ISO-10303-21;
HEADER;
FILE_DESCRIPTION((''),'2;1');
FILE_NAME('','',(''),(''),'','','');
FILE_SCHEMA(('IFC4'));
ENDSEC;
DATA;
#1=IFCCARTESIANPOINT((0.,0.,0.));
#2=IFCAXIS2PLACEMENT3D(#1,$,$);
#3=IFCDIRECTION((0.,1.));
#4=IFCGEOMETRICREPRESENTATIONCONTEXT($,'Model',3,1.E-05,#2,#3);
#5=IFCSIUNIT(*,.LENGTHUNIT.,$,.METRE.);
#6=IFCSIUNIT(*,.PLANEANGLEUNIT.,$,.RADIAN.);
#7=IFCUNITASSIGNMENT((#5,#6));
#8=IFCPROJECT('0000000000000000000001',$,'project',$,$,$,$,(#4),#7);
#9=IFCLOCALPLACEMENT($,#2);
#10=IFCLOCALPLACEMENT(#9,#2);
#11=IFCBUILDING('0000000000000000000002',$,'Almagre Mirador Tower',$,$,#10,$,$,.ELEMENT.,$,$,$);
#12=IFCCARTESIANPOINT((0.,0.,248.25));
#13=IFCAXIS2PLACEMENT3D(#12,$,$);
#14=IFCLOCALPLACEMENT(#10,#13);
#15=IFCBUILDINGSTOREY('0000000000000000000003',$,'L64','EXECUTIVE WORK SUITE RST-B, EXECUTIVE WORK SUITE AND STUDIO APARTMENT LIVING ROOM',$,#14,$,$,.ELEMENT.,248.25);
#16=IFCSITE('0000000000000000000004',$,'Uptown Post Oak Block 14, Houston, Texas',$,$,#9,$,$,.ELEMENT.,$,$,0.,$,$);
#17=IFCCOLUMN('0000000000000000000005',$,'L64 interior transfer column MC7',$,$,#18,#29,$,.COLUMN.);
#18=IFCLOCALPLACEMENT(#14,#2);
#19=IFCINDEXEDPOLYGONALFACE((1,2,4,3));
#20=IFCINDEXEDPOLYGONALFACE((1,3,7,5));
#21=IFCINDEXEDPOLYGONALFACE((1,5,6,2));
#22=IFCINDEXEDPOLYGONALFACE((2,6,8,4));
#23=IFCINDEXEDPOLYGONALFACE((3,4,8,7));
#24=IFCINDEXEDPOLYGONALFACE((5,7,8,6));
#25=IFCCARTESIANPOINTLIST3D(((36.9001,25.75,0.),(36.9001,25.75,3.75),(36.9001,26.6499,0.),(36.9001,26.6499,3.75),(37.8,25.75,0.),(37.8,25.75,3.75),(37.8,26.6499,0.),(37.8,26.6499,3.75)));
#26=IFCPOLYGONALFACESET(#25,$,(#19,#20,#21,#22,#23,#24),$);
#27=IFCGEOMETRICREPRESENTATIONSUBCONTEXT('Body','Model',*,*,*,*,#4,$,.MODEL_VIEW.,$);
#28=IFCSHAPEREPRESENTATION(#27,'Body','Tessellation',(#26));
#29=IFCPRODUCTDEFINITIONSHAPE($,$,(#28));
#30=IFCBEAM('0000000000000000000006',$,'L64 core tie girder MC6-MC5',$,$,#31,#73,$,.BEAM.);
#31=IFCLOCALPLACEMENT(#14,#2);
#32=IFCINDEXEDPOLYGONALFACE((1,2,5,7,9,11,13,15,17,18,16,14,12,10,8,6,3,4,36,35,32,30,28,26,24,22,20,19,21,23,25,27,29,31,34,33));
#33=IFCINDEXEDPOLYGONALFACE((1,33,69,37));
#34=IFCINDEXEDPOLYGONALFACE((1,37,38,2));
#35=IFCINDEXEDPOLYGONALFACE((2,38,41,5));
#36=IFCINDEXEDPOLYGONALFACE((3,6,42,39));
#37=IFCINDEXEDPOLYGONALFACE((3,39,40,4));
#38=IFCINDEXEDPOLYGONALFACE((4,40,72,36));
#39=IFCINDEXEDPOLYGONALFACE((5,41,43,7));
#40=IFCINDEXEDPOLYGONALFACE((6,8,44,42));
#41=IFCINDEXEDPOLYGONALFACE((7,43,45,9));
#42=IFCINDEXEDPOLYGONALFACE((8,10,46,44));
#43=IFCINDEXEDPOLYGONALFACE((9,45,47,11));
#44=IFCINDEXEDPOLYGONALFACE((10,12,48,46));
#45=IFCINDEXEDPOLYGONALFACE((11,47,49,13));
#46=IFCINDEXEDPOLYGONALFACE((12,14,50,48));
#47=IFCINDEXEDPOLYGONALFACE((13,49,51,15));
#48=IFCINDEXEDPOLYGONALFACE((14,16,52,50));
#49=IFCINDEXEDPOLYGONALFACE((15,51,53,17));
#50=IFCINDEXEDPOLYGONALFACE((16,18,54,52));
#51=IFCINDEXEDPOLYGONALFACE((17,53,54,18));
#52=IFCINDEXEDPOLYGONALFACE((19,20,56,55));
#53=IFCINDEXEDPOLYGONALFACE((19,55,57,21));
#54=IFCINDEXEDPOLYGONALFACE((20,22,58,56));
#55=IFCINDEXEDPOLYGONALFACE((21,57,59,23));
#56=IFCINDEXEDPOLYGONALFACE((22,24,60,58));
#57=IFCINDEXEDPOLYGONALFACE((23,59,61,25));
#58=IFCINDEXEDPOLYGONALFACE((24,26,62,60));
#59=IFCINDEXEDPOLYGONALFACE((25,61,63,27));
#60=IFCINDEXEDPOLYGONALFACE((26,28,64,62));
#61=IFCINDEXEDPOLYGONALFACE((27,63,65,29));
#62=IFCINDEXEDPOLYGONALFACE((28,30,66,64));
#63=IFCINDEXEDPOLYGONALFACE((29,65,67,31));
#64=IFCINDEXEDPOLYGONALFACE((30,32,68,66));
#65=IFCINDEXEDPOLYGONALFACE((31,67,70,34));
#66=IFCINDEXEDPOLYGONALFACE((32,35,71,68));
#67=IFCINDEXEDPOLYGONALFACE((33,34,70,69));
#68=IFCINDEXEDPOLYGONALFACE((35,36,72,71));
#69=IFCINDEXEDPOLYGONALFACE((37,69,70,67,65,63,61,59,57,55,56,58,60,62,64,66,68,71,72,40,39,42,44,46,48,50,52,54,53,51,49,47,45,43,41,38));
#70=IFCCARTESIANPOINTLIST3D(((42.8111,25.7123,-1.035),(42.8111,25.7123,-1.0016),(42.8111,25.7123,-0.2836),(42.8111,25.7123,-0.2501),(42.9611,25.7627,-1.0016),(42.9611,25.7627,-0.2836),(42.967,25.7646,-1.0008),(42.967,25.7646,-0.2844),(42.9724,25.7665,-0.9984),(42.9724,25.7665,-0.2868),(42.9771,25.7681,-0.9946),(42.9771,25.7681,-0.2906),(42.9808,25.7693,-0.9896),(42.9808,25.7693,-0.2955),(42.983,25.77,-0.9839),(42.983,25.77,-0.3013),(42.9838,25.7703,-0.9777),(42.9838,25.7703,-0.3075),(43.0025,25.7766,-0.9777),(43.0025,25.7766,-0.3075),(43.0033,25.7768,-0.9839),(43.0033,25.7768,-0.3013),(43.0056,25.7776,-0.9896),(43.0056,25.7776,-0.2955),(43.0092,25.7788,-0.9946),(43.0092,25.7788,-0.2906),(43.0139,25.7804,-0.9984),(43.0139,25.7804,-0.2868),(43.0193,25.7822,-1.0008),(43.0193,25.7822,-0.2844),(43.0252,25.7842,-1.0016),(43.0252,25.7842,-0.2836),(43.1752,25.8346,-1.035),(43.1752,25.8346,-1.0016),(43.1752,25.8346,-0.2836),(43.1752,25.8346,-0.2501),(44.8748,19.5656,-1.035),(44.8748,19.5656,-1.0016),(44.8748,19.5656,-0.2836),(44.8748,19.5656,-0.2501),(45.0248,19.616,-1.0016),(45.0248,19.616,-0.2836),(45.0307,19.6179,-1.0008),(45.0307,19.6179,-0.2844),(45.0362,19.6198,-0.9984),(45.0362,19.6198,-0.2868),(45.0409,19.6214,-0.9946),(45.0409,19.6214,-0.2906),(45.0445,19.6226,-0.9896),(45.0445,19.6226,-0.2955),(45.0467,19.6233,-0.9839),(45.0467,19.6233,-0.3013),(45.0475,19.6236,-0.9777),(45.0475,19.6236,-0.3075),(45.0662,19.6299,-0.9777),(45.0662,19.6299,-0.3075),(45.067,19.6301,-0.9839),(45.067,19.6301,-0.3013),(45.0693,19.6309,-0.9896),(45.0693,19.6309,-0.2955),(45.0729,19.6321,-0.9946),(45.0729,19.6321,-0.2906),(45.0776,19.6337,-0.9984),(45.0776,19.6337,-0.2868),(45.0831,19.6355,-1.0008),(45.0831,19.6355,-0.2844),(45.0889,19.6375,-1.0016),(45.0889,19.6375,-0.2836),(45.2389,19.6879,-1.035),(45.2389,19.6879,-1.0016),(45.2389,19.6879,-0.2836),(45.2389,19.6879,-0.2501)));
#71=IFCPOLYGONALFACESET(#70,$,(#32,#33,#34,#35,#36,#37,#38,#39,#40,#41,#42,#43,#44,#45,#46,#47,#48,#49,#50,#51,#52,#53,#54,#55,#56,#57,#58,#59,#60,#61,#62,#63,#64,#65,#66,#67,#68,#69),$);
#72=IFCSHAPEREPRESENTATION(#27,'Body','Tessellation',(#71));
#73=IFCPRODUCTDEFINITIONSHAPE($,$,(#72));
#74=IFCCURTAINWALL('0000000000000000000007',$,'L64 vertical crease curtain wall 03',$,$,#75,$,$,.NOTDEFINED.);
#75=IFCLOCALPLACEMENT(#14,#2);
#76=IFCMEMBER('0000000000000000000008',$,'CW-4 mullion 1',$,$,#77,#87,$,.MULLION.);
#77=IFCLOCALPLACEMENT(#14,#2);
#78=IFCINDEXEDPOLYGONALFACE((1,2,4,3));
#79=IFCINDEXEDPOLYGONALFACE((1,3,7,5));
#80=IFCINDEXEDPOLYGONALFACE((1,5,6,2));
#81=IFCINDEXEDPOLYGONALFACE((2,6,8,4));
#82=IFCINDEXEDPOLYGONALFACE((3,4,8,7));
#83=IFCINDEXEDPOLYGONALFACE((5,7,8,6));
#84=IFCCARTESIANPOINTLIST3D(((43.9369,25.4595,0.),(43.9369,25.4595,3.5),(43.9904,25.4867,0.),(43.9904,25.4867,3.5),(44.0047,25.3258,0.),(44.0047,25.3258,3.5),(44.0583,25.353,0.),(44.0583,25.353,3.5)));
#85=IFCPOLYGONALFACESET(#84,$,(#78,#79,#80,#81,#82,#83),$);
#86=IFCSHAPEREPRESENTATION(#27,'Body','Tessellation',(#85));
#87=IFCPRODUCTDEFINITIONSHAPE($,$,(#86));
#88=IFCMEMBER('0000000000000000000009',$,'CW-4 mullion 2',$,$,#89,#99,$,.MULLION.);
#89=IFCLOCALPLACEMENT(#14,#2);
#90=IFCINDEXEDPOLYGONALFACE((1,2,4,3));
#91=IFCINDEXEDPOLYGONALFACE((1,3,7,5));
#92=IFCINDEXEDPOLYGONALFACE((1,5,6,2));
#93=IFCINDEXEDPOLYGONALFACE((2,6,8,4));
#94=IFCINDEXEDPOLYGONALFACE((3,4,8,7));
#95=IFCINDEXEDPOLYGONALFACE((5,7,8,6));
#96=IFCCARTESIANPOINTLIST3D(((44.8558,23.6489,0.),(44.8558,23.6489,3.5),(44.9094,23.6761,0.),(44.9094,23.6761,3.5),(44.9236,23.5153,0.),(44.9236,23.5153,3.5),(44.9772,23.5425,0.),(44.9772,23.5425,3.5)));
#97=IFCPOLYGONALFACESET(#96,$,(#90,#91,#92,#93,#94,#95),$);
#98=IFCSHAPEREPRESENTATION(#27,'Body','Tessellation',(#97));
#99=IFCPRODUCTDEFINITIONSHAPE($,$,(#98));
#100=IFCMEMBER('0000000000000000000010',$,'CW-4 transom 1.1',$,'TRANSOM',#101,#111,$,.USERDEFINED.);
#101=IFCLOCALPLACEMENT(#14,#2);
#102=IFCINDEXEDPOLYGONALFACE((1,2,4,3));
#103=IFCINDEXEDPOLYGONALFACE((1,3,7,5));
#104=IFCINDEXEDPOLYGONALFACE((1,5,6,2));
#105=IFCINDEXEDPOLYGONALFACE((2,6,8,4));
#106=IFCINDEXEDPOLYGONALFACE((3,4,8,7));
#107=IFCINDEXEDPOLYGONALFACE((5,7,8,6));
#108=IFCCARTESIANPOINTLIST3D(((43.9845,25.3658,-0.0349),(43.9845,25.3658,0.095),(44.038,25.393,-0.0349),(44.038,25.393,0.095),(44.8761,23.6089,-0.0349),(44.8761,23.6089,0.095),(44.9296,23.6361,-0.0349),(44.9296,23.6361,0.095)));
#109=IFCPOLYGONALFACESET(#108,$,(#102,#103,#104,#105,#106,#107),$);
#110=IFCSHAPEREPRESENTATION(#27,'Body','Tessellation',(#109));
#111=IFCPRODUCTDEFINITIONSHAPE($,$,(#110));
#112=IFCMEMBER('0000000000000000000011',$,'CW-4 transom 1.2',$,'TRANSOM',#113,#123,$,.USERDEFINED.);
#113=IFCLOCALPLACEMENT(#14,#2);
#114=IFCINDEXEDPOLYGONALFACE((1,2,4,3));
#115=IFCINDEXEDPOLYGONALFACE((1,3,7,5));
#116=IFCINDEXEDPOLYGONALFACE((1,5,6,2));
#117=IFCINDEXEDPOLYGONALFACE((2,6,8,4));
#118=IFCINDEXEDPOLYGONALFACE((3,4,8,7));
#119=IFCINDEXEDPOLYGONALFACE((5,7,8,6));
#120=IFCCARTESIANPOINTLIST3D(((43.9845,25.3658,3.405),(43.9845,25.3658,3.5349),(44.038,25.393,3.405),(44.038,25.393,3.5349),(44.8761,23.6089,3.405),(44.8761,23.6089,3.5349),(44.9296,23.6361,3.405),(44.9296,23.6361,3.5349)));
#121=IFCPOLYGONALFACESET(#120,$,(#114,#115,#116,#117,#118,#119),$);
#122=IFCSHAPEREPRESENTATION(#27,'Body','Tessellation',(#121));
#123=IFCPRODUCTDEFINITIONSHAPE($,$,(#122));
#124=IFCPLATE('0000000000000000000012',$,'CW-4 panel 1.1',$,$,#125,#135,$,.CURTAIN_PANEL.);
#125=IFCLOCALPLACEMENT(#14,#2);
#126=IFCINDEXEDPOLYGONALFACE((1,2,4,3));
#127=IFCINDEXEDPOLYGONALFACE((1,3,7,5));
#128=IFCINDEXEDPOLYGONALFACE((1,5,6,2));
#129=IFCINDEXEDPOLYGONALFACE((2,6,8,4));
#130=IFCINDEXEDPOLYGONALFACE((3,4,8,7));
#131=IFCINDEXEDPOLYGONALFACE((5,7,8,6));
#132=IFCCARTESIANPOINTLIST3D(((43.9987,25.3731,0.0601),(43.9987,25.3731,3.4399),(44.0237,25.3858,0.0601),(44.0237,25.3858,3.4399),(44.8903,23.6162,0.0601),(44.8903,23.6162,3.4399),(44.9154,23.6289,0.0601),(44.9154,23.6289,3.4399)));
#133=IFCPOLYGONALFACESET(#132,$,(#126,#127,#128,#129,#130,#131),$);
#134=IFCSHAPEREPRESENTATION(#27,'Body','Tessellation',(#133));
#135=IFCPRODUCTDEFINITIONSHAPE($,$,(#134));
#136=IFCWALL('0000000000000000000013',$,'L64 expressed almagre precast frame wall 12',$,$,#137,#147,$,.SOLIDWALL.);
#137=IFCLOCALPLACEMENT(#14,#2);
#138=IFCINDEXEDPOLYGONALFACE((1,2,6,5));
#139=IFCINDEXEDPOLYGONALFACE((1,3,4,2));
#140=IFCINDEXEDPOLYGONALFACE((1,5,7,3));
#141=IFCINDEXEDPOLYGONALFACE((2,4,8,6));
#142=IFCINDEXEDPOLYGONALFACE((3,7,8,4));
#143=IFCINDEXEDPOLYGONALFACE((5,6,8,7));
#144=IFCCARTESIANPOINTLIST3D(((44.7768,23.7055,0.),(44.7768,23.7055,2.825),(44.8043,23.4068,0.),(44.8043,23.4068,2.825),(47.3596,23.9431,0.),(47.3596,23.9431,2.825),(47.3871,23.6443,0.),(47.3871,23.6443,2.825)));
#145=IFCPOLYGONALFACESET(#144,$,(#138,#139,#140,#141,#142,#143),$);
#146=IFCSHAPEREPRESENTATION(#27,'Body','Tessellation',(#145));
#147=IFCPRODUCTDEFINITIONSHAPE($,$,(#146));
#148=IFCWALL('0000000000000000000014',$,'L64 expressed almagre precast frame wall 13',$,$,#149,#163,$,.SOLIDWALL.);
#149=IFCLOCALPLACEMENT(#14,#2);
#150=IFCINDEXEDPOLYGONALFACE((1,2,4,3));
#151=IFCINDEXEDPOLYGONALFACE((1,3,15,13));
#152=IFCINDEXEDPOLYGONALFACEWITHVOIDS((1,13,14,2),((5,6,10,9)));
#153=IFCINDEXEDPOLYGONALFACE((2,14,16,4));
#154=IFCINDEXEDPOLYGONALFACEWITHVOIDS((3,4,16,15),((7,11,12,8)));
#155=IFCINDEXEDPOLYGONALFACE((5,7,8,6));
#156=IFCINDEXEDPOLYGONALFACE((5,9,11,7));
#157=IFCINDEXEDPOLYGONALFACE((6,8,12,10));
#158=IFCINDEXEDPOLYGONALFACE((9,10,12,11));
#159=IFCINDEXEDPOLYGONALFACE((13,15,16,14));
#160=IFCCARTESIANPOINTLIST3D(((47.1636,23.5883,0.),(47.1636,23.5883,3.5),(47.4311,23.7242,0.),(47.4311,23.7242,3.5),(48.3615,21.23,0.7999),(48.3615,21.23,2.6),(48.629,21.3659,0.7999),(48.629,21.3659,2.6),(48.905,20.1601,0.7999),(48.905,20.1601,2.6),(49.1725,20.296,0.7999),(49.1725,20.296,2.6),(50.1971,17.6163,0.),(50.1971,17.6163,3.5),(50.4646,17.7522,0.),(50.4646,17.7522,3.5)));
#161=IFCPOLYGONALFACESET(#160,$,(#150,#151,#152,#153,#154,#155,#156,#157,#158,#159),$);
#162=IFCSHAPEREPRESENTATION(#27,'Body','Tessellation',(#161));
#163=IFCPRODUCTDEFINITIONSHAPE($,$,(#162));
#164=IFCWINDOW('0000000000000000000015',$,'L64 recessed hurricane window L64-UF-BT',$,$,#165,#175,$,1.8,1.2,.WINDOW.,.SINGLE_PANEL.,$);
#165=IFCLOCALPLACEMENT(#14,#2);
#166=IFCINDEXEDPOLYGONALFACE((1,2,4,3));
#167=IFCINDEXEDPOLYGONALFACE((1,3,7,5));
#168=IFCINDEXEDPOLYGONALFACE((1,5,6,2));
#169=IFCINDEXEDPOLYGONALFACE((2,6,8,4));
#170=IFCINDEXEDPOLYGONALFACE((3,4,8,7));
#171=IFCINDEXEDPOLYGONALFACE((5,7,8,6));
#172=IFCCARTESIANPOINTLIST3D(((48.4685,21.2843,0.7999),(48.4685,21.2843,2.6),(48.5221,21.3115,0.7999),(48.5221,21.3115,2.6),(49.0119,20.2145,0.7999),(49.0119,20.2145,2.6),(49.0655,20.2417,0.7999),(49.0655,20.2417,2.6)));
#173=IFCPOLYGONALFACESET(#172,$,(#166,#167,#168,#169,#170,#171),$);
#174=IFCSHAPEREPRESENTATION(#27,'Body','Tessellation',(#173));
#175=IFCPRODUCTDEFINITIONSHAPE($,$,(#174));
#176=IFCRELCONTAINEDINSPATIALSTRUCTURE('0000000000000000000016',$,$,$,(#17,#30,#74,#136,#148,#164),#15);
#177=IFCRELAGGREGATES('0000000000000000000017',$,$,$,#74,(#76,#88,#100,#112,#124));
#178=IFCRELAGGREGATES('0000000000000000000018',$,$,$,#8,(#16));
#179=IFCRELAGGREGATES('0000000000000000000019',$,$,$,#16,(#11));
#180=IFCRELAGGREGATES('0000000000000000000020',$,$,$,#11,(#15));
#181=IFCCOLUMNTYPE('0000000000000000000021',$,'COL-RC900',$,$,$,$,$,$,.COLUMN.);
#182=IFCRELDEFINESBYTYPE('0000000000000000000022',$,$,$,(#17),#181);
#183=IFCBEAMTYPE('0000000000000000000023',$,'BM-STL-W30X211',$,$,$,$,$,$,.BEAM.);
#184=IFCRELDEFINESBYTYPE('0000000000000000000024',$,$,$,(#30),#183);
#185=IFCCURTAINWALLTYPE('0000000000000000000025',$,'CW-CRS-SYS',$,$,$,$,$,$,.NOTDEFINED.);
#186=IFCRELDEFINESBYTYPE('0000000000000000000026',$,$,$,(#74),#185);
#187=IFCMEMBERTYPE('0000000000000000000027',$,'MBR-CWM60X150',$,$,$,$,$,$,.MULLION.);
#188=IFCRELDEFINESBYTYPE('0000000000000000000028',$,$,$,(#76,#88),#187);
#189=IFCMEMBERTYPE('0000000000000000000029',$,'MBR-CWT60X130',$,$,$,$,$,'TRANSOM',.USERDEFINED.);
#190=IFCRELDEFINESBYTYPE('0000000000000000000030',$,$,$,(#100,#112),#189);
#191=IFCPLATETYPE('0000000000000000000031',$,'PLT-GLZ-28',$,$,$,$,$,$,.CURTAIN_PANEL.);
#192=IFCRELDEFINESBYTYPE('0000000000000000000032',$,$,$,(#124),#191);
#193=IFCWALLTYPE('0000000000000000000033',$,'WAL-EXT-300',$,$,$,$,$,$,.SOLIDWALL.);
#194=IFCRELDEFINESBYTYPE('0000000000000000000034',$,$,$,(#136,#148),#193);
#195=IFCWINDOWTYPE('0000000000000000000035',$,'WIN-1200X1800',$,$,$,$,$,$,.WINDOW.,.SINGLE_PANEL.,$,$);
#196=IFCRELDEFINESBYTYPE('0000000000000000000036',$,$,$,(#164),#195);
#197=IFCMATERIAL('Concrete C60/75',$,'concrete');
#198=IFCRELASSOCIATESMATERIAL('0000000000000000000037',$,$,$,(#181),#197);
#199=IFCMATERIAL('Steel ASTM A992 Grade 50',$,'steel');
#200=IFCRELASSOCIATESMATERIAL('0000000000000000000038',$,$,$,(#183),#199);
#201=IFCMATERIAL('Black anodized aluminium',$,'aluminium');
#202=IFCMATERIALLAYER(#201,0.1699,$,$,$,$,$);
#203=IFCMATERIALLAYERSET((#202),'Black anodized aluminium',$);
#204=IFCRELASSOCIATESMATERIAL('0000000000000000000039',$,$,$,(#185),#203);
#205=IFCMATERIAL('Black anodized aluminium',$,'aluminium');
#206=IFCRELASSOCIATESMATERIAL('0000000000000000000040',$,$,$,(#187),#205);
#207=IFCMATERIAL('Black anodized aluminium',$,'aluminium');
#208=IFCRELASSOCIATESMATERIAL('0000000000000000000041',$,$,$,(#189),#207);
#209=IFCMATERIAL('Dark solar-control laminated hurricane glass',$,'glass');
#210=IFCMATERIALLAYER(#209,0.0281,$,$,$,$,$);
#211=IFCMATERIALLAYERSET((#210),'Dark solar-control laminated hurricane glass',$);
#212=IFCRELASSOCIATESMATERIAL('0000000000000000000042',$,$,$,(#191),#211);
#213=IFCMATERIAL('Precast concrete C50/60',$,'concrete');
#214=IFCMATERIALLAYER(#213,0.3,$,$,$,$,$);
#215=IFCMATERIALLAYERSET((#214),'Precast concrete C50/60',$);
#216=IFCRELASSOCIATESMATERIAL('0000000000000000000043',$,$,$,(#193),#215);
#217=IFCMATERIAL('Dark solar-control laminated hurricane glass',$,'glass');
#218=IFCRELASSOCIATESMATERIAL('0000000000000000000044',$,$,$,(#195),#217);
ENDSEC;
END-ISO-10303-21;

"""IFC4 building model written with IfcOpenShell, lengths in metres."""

from ifc_helpers import new_model, si_unit, direction, frame, frame_2d, origin, origin_2d, place, context, subcontext, project, spatial, rectangle, i_section, extrude, material, layer, layer_set, material_profile, profile_set, type_object, element, fill, aggregate, save


model = new_model("IFC4")

# Units and contexts
model_context = context("Model", 3, precision=1e-05, world=origin(), true_north=direction((0.0, 1.0)))
body_context = subcontext(model_context, "Body", "Model", "MODEL_VIEW")
ifc_project = project(units=[si_unit("LENGTHUNIT", "METRE"), si_unit("PLANEANGLEUNIT", "RADIAN")], contexts=[model_context])

# Site, building, storey
site_placement = place(None, origin())
site = spatial("IfcSite", under=ifc_project, at=site_placement, Name="Uptown Post Oak Block 14, Houston, Texas", CompositionType="ELEMENT", RefElevation=0.0)
building_placement = place(site_placement, origin())
building = spatial("IfcBuilding", under=site, at=building_placement, Name="Almagre Mirador Tower", CompositionType="ELEMENT")
storey_placement = place(building_placement, frame((0.0, 0.0, 248.25)))
storey = spatial("IfcBuildingStorey", under=building, at=storey_placement, Name="L64", Description="EXECUTIVE WORK SUITE RST-B, EXECUTIVE WORK SUITE AND STUDIO APARTMENT LIVING ROOM", CompositionType="ELEMENT", Elevation=248.25)

# Column
ifc_material_1 = material(Name="Concrete C60/75", Category="concrete")
ifc_material_profile_1 = material_profile(ifc_material_1, rectangle(XDim=0.8999, YDim=0.8999, at=origin_2d()), Name="RC900X900")
ifc_profile_set_1 = profile_set([ifc_material_profile_1], Name="Concrete C60/75")
column_type = type_object("IfcColumnType", Name="COL-RC900", PredefinedType="COLUMN", material=ifc_profile_set_1)
column_placement = place(storey_placement, frame((37.3501, 26.2, 0.0), z_axis=(0.0, 0.0, 1.0), x_axis=(1.0, 0.0, 0.0)))
element("IfcColumn", 1, at=column_placement, inside=storey, type_object=column_type, Name="L64 interior transfer column MC7", PredefinedType="COLUMN", context=body_context, shape_type="SweptSolid", body=[
    extrude(rectangle(XDim=0.8999, YDim=0.8999, at=origin_2d()), origin(), (0.0, 0.0, 1.0), 3.75),
])

# Beam
ifc_material_2 = material(Name="Steel ASTM A992 Grade 50", Category="steel")
ifc_material_profile_2 = material_profile(ifc_material_2, i_section(OverallWidth=0.384, OverallDepth=0.7849, WebThickness=0.0198, FlangeThickness=0.0334, FilletRadius=0.0239, at=origin_2d()), Name="W30X211")
ifc_profile_set_2 = profile_set([ifc_material_profile_2], Name="Steel ASTM A992 Grade 50")
beam_type = type_object("IfcBeamType", Name="BM-STL-W30X211", PredefinedType="BEAM", material=ifc_profile_set_2)
beam_placement = place(storey_placement, frame((42.9932, 25.7734, -0.6426), z_axis=(0.318283, -0.947996, 0.0), x_axis=(0.947996, 0.318283, 0.0)))
element("IfcBeam", 2, at=beam_placement, inside=storey, type_object=beam_type, Name="L64 core tie girder MC6-MC5", PredefinedType="BEAM", context=body_context, shape_type="SweptSolid", body=[
    extrude(i_section(OverallWidth=0.384, OverallDepth=0.7849, WebThickness=0.0198, FlangeThickness=0.0334, FilletRadius=0.0239, at=origin_2d()), origin(), (0.0, 0.0, 1.0), 6.4839),
])

# Curtain wall, members, plate
ifc_material_3 = material(Name="Black anodized aluminium", Category="aluminium")
ifc_layer_1 = layer(ifc_material_3, 0.1699)
ifc_layer_set_1 = layer_set([ifc_layer_1], Name="Black anodized aluminium")
curtain_wall_type = type_object("IfcCurtainWallType", Name="CW-CRS-SYS", PredefinedType="NOTDEFINED", material=ifc_layer_set_1)
curtain_wall_placement = place(storey_placement, origin())
curtain_wall = element("IfcCurtainWall", 3, at=curtain_wall_placement, inside=storey, type_object=curtain_wall_type, Name="L64 vertical crease curtain wall 03", PredefinedType="NOTDEFINED")
ifc_material_4 = material(Name="Black anodized aluminium", Category="aluminium")
ifc_material_profile_3 = material_profile(ifc_material_4, rectangle(XDim=0.0601, YDim=0.1499, at=origin_2d()), Name="CWM60X150")
ifc_profile_set_3 = profile_set([ifc_material_profile_3], Name="Black anodized aluminium")
member_type_1 = type_object("IfcMemberType", Name="MBR-CWM60X150", PredefinedType="MULLION", material=ifc_profile_set_3)
member_1_placement = place(storey_placement, frame((43.9976, 25.4062, 0.0), z_axis=(0.0, 0.0, 1.0), x_axis=(0.891732, 0.452564, 0.0)))
member_1 = element("IfcMember", 4, at=member_1_placement, type_object=member_type_1, Name="CW-4 mullion 1", PredefinedType="MULLION", context=body_context, shape_type="SweptSolid", body=[
    extrude(rectangle(XDim=0.0601, YDim=0.1499, at=origin_2d()), origin(), (0.0, 0.0, 1.0), 3.5),
])
member_2_placement = place(storey_placement, frame((44.9165, 23.5957, 0.0), z_axis=(0.0, 0.0, 1.0), x_axis=(0.891732, 0.452564, 0.0)))
member_2 = element("IfcMember", 5, at=member_2_placement, type_object=member_type_1, Name="CW-4 mullion 2", PredefinedType="MULLION", context=body_context, shape_type="SweptSolid", body=[
    extrude(rectangle(XDim=0.0601, YDim=0.1499, at=origin_2d()), origin(), (0.0, 0.0, 1.0), 3.5),
])
ifc_material_5 = material(Name="Black anodized aluminium", Category="aluminium")
ifc_material_profile_4 = material_profile(ifc_material_5, rectangle(XDim=0.0601, YDim=0.1299, at=origin_2d()), Name="CWT60X130")
ifc_profile_set_4 = profile_set([ifc_material_profile_4], Name="Black anodized aluminium")
member_type_2 = type_object("IfcMemberType", Name="MBR-CWT60X130", ElementType="TRANSOM", PredefinedType="USERDEFINED", material=ifc_profile_set_4)
member_3_placement = place(storey_placement, frame((44.0112, 25.3794, 0.03), z_axis=(0.452559, -0.891734, 0.0), x_axis=(0.891734, 0.452559, 0.0)))
member_3 = element("IfcMember", 6, at=member_3_placement, type_object=member_type_2, Name="CW-4 transom 1.1", ObjectType="TRANSOM", PredefinedType="USERDEFINED", context=body_context, shape_type="SweptSolid", body=[
    extrude(rectangle(XDim=0.0601, YDim=0.1299, at=origin_2d()), origin(), (0.0, 0.0, 1.0), 1.9702),
])
member_4_placement = place(storey_placement, frame((44.0112, 25.3794, 3.47), z_axis=(0.452559, -0.891734, 0.0), x_axis=(0.891734, 0.452559, 0.0)))
member_4 = element("IfcMember", 7, at=member_4_placement, type_object=member_type_2, Name="CW-4 transom 1.2", ObjectType="TRANSOM", PredefinedType="USERDEFINED", context=body_context, shape_type="SweptSolid", body=[
    extrude(rectangle(XDim=0.0601, YDim=0.1299, at=origin_2d()), origin(), (0.0, 0.0, 1.0), 1.9702),
])
ifc_material_6 = material(Name="Dark solar-control laminated hurricane glass", Category="glass")
ifc_layer_2 = layer(ifc_material_6, 0.0281)
ifc_layer_set_2 = layer_set([ifc_layer_2], Name="Dark solar-control laminated hurricane glass")
plate_type = type_object("IfcPlateType", Name="PLT-GLZ-28", PredefinedType="CURTAIN_PANEL", material=ifc_layer_set_2)
plate_placement = place(storey_placement, frame((44.457, 24.501, 0.0601), z_axis=(0.0, 0.0, 1.0), x_axis=(0.452564, -0.891732, 0.0)))
plate = element("IfcPlate", 8, at=plate_placement, type_object=plate_type, Name="CW-4 panel 1.1", PredefinedType="CURTAIN_PANEL", context=body_context, shape_type="SweptSolid", body=[
    extrude(rectangle(XDim=1.9702, YDim=0.0281, at=origin_2d()), origin(), (0.0, 0.0, 1.0), 3.3799),
])
aggregate(curtain_wall, [member_1, member_2, member_3, member_4, plate])

# Wall
ifc_material_7 = material(Name="Precast concrete C50/60", Category="concrete")
ifc_layer_3 = layer(ifc_material_7, 0.3)
ifc_layer_set_3 = layer_set([ifc_layer_3], Name="Precast concrete C50/60")
wall_type_1 = type_object("IfcWallType", Name="WAL-EXT-300", PredefinedType="SOLIDWALL", material=ifc_layer_set_3)
wall_1_placement = place(storey_placement, frame((44.7905, 23.5562, 0.0), z_axis=(0.0, 0.0, 1.0), x_axis=(0.995797, 0.091588, 0.0)))
element("IfcWall", 9, at=wall_1_placement, inside=storey, type_object=wall_type_1, Name="L64 expressed almagre precast frame wall 12", PredefinedType="SOLIDWALL", context=body_context, shape_type="SweptSolid", body=[
    extrude(rectangle(XDim=2.5938, YDim=0.3, at=frame_2d((1.2969, 0.0))), origin(), (0.0, 0.0, 1.0), 2.825),
])

# Wall, opening, window
wall_2_placement = place(storey_placement, frame((47.2974, 23.6562, 0.0), z_axis=(0.0, 0.0, 1.0), x_axis=(0.452876, -0.891573, 0.0)))
wall_2 = element("IfcWall", 10, at=wall_2_placement, inside=storey, type_object=wall_type_1, Name="L64 expressed almagre precast frame wall 13", PredefinedType="SOLIDWALL", context=body_context, shape_type="SweptSolid", body=[
    extrude(rectangle(XDim=6.6982, YDim=0.3, at=frame_2d((3.3491, 0.0))), origin(), (0.0, 0.0, 1.0), 3.5),
])
opening_1_placement = place(wall_2_placement, frame((2.645, 0.0, 0.8)))
opening_1 = element("IfcOpeningElement", 11, at=opening_1_placement, cuts=wall_2, PredefinedType="OPENING", context=body_context, shape_type="SweptSolid", body=[
    extrude(rectangle(XDim=1.2, YDim=1.8, at=frame_2d((0.6001, 0.8999))), frame((0.0, 0.1599, 0.0), z_axis=(0.0, -1.0, 0.0), x_axis=(1.0, 0.0, 0.0)), (0.0, 0.0, 1.0), 0.32),
])
ifc_material_8 = material(Name="Dark solar-control laminated hurricane glass", Category="glass")
window_type = type_object("IfcWindowType", Name="WIN-1200X1800", PartitioningType="SINGLE_PANEL", PredefinedType="WINDOW", material=ifc_material_8)
window_placement = place(opening_1_placement, origin())
window = element("IfcWindow", 12, at=window_placement, inside=storey, type_object=window_type, Name="L64 recessed hurricane window L64-UF-BT", OverallHeight=1.8, OverallWidth=1.2, PartitioningType="SINGLE_PANEL", PredefinedType="WINDOW", context=body_context, shape_type="SweptSolid", body=[
    extrude(rectangle(XDim=1.2, YDim=1.8, at=frame_2d((0.6001, 0.8999))), frame((0.0, 0.03, 0.0), z_axis=(0.0, -1.0, 0.0), x_axis=(1.0, 0.0, 0.0)), (0.0, 0.0, 1.0), 0.0601),
])
fill(opening_1, window)

save(model, "model.ifc")
